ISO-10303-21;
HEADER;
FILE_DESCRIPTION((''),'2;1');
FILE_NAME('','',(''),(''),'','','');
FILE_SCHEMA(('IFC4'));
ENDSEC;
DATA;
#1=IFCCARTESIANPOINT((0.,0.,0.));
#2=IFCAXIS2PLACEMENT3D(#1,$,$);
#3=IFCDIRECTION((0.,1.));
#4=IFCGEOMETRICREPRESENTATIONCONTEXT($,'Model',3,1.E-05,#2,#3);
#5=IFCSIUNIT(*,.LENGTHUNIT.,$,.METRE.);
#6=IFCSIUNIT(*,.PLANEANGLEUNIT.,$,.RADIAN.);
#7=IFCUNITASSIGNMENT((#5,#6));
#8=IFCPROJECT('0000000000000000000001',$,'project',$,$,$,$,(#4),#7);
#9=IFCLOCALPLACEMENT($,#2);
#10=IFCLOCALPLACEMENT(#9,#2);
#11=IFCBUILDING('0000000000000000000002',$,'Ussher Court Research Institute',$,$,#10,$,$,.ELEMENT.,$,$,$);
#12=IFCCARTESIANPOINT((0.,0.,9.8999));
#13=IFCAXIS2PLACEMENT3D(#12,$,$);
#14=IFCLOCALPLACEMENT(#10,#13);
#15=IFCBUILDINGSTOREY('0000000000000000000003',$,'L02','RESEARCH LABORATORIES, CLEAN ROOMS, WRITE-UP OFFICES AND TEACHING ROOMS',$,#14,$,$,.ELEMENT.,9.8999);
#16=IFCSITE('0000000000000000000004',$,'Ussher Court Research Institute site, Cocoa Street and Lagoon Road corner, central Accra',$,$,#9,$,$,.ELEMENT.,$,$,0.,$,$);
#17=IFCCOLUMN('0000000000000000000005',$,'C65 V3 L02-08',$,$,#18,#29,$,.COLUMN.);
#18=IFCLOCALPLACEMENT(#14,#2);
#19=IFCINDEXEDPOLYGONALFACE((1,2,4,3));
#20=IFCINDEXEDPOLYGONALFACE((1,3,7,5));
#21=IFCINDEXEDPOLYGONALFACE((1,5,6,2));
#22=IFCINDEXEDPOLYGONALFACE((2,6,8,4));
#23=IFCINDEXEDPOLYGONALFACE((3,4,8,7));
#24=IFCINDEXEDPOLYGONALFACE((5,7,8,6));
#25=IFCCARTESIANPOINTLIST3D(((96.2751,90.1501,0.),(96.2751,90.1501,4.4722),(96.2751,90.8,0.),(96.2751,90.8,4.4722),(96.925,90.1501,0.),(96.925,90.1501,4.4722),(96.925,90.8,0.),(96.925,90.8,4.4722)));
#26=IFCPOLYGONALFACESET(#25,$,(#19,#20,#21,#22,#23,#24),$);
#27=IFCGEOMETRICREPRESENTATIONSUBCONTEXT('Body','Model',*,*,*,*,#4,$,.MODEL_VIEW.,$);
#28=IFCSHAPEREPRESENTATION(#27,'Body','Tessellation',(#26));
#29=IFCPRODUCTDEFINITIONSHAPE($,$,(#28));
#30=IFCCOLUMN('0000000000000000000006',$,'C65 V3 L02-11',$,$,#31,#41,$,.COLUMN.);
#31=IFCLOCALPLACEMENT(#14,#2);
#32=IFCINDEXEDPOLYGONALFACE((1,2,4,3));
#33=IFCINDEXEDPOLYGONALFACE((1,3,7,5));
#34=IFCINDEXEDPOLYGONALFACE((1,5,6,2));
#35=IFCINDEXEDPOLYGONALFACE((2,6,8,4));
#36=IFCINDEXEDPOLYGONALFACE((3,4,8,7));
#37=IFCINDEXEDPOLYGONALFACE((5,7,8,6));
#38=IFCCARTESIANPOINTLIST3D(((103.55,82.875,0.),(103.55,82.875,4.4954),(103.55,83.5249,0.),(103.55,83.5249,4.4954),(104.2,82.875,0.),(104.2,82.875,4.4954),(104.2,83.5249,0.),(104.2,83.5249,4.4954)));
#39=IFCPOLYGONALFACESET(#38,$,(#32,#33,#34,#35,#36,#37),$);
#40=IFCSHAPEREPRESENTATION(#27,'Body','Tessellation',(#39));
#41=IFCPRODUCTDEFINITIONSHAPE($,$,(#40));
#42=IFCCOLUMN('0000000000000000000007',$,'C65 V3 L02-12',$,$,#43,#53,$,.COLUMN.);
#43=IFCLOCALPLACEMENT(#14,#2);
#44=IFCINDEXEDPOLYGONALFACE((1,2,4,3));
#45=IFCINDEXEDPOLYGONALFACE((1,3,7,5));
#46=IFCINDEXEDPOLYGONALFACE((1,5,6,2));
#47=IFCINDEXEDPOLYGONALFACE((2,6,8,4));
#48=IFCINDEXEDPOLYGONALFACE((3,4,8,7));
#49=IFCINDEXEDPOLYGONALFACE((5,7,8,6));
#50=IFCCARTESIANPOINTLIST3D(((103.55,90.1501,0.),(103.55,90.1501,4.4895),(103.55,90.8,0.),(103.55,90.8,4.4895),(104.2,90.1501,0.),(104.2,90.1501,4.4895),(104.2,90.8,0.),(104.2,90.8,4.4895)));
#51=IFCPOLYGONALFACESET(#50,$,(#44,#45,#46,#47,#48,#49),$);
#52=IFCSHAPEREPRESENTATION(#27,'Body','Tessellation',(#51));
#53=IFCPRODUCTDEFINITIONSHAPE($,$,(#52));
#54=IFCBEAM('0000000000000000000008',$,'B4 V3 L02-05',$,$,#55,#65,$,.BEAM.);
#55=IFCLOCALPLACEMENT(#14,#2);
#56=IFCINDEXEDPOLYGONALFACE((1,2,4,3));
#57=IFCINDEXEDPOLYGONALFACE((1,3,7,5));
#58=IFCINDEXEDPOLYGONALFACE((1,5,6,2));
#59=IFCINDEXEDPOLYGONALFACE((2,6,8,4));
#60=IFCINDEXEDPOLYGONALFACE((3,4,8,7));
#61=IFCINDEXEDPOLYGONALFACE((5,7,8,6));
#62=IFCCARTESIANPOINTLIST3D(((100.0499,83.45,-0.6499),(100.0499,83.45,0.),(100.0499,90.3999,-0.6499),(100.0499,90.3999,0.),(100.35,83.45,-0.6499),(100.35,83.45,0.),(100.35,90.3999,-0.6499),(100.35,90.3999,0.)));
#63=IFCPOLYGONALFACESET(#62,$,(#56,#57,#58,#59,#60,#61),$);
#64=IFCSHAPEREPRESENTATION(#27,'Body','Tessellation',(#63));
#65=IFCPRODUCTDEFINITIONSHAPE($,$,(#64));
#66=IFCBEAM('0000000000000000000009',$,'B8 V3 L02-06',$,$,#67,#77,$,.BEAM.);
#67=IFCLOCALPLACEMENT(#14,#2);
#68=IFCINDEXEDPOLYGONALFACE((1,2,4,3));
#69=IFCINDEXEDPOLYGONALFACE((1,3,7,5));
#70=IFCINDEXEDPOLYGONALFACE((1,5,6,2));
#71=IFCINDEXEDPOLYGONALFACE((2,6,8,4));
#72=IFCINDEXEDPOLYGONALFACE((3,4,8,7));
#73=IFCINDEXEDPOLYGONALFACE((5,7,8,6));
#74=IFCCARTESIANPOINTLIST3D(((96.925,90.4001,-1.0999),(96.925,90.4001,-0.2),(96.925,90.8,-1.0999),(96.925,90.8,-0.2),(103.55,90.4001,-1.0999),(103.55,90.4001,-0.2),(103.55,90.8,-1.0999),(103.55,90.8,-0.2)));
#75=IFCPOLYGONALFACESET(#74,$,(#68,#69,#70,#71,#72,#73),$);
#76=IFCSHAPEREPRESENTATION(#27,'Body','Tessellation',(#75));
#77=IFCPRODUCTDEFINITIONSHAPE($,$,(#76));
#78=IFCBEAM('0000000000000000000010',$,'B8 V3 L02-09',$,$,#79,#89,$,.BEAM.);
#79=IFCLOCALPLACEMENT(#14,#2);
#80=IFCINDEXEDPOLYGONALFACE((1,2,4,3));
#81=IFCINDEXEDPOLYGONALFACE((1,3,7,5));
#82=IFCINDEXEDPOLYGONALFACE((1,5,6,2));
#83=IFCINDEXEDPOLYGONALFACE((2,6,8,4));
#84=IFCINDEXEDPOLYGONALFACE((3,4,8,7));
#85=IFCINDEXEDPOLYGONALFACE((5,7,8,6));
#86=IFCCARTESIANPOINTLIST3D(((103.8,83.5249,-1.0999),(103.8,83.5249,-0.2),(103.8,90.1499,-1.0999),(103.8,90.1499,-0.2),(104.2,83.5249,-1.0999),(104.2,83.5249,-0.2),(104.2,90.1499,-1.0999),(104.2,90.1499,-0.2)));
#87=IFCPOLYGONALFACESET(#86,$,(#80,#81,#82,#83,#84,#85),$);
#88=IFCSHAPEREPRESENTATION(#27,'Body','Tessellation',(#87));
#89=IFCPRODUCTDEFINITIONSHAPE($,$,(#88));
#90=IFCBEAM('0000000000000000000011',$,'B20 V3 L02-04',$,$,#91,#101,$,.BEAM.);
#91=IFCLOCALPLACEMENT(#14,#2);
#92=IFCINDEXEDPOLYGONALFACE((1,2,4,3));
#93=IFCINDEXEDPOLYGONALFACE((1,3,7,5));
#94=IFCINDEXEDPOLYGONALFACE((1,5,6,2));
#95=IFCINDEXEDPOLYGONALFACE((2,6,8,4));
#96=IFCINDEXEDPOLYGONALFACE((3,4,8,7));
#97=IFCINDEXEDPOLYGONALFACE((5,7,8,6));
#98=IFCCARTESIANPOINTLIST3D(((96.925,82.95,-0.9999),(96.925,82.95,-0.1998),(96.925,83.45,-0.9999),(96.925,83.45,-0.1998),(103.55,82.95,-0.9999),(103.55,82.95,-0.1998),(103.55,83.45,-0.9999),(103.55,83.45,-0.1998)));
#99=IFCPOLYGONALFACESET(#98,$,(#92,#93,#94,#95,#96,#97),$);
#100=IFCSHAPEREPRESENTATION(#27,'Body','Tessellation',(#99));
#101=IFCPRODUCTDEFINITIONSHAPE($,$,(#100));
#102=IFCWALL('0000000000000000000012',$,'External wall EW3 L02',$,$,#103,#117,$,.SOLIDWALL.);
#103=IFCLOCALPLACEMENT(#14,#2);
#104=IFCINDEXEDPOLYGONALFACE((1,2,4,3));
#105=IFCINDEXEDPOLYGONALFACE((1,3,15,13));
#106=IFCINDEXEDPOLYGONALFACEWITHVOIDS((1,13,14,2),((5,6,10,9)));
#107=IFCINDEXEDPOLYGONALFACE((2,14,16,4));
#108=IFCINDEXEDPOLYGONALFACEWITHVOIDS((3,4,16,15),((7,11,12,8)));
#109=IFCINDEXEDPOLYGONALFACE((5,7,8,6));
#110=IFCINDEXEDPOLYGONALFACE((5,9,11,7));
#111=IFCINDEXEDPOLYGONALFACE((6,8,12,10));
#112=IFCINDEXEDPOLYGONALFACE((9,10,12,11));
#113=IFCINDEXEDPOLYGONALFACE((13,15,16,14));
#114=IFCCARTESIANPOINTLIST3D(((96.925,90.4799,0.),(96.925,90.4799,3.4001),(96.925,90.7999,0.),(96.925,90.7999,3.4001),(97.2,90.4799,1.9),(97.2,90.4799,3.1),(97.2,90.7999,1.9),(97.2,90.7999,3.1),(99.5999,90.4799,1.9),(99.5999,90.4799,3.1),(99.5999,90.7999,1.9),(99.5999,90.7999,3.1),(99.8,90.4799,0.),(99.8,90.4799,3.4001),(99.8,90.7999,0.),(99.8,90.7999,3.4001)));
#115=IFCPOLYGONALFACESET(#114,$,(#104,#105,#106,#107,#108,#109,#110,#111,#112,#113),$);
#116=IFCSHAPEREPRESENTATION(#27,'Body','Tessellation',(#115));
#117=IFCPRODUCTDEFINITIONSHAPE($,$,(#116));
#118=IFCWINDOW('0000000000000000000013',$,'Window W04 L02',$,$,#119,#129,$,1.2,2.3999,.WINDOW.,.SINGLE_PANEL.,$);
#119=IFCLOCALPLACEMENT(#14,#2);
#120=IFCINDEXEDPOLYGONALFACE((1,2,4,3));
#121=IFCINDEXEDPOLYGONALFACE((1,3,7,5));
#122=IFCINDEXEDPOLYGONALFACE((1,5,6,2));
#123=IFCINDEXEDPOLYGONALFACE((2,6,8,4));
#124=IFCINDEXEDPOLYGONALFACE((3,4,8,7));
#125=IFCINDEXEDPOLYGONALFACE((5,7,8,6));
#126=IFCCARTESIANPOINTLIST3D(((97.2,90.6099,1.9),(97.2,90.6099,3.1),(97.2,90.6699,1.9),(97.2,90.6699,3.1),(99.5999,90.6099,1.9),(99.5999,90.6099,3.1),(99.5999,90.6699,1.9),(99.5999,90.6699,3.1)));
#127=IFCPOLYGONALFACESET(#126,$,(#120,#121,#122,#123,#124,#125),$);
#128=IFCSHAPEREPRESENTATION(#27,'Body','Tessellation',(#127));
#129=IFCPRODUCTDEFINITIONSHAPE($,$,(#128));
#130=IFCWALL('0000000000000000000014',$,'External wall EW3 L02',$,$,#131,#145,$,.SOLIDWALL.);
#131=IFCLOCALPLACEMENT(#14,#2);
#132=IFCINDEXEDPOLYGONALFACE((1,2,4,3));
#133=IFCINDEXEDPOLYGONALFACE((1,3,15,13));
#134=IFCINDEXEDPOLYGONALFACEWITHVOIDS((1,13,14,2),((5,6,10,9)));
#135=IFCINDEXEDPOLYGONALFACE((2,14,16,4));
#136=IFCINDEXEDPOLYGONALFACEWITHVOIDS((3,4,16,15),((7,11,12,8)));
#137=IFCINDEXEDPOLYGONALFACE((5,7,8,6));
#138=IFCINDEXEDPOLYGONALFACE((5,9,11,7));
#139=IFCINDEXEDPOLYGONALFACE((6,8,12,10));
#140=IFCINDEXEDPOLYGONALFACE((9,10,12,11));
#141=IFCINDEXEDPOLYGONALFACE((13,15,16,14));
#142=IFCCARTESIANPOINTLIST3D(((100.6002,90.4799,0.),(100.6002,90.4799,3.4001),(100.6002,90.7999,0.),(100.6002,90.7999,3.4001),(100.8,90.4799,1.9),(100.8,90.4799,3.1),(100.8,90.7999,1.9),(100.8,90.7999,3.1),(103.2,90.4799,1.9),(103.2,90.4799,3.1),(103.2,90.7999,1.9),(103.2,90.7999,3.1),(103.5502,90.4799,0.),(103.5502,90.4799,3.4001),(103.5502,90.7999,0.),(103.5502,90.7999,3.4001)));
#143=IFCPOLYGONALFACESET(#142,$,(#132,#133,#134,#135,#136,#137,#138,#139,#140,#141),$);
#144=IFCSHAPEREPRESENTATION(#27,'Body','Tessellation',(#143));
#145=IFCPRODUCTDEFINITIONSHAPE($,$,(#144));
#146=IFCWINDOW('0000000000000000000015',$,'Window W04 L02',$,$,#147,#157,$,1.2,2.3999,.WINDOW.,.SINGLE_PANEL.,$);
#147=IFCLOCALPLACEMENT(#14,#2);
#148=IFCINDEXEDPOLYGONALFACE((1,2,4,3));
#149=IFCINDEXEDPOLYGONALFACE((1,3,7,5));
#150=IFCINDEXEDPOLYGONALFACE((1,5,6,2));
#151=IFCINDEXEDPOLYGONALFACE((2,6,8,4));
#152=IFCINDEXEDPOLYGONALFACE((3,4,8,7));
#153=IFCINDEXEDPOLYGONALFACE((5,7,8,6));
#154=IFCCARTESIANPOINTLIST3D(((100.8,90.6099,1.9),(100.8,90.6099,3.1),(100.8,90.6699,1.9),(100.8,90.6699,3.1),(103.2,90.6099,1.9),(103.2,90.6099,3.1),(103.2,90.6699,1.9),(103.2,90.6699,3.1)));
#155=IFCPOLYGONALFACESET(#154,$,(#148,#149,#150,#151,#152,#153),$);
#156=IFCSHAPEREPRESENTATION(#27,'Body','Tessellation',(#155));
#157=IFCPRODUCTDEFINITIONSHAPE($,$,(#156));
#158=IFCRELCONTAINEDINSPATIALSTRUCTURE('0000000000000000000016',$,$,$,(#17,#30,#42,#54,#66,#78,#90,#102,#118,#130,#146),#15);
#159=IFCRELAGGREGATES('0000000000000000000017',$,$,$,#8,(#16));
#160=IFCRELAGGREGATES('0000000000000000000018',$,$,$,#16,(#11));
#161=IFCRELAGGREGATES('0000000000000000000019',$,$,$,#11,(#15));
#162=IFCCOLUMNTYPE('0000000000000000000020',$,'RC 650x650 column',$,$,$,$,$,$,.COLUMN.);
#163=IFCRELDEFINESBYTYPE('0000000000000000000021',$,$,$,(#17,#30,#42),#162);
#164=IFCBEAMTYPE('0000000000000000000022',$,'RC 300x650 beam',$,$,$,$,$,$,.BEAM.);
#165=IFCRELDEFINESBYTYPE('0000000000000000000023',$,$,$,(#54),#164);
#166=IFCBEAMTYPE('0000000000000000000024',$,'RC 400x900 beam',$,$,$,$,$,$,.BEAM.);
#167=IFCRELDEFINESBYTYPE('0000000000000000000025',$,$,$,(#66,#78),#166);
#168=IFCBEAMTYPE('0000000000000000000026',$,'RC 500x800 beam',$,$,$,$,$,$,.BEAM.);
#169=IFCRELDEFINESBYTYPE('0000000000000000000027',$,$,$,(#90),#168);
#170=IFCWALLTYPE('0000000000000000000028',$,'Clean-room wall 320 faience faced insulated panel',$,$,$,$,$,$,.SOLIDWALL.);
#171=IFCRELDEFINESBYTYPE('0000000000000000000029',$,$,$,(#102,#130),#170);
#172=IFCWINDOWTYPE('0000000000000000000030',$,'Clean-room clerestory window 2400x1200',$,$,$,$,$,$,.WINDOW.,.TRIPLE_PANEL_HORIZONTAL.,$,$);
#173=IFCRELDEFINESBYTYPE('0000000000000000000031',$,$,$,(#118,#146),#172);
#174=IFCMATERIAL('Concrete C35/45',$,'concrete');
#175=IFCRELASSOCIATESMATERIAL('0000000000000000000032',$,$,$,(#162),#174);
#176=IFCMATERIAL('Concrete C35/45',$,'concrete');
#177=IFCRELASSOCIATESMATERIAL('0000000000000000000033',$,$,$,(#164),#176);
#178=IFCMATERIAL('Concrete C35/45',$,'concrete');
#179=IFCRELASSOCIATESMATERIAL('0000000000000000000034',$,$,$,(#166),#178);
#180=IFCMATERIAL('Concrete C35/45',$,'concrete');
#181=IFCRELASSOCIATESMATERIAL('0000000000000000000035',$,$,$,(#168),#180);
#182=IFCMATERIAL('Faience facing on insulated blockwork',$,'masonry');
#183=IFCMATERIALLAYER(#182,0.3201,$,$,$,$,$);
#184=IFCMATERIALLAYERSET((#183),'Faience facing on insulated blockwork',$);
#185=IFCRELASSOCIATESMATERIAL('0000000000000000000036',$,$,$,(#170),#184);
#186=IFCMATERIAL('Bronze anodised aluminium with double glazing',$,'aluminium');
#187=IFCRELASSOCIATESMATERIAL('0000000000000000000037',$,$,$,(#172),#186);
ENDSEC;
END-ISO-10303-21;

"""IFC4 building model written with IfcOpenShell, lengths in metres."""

from ifc_helpers import new_model, si_unit, direction, frame, frame_2d, origin, origin_2d, place, context, subcontext, project, spatial, rectangle, extrude, material, layer, layer_set, material_profile, profile_set, type_object, element, fill, save


model = new_model("IFC4")

# Units and contexts
model_context = context("Model", 3, precision=1e-05, world=origin(), true_north=direction((0.0, 1.0)))
body_context = subcontext(model_context, "Body", "Model", "MODEL_VIEW")
ifc_project = project(units=[si_unit("LENGTHUNIT", "METRE"), si_unit("PLANEANGLEUNIT", "RADIAN")], contexts=[model_context])

# Site, building, storey
site_placement = place(None, origin())
site = spatial("IfcSite", under=ifc_project, at=site_placement, Name="Ussher Court Research Institute site, Cocoa Street and Lagoon Road corner, central Accra", CompositionType="ELEMENT", RefElevation=0.0)
building_placement = place(site_placement, origin())
building = spatial("IfcBuilding", under=site, at=building_placement, Name="Ussher Court Research Institute", CompositionType="ELEMENT")
storey_placement = place(building_placement, frame((0.0, 0.0, 9.8999)))
storey = spatial("IfcBuildingStorey", under=building, at=storey_placement, Name="L02", Description="RESEARCH LABORATORIES, CLEAN ROOMS, WRITE-UP OFFICES AND TEACHING ROOMS", CompositionType="ELEMENT", Elevation=9.8999)

# Columns
ifc_material_1 = material(Name="Concrete C35/45", Category="concrete")
ifc_material_profile_1 = material_profile(ifc_material_1, rectangle(XDim=0.6499, YDim=0.6499, at=origin_2d()), Name="RC 650x650")
ifc_profile_set_1 = profile_set([ifc_material_profile_1], Name="Concrete C35/45")
column_type = type_object("IfcColumnType", Name="RC 650x650 column", PredefinedType="COLUMN", material=ifc_profile_set_1)
column_1_placement = place(storey_placement, frame((96.6001, 90.4751, 0.0), z_axis=(0.0, 0.0, 1.0), x_axis=(1.0, 0.0, 0.0)))
element("IfcColumn", 1, at=column_1_placement, inside=storey, type_object=column_type, Name="C65 V3 L02-08", PredefinedType="COLUMN", context=body_context, shape_type="SweptSolid", body=[
    extrude(rectangle(XDim=0.6499, YDim=0.6499, at=origin_2d()), origin(), (0.0, 0.0, 1.0), 4.4722),
])
column_2_placement = place(storey_placement, frame((103.875, 83.2, 0.0), z_axis=(0.0, 0.0, 1.0), x_axis=(1.0, 0.0, 0.0)))
element("IfcColumn", 2, at=column_2_placement, inside=storey, type_object=column_type, Name="C65 V3 L02-11", PredefinedType="COLUMN", context=body_context, shape_type="SweptSolid", body=[
    extrude(rectangle(XDim=0.6499, YDim=0.6499, at=origin_2d()), origin(), (0.0, 0.0, 1.0), 4.4954),
])
column_3_placement = place(storey_placement, frame((103.875, 90.4751, 0.0), z_axis=(0.0, 0.0, 1.0), x_axis=(1.0, 0.0, 0.0)))
element("IfcColumn", 3, at=column_3_placement, inside=storey, type_object=column_type, Name="C65 V3 L02-12", PredefinedType="COLUMN", context=body_context, shape_type="SweptSolid", body=[
    extrude(rectangle(XDim=0.6499, YDim=0.6499, at=origin_2d()), origin(), (0.0, 0.0, 1.0), 4.4895),
])

# Beams
ifc_material_2 = material(Name="Concrete C35/45", Category="concrete")
ifc_material_profile_2 = material_profile(ifc_material_2, rectangle(XDim=0.3, YDim=0.6499, at=origin_2d()), Name="RC 300x650")
ifc_profile_set_2 = profile_set([ifc_material_profile_2], Name="Concrete C35/45")
beam_type_1 = type_object("IfcBeamType", Name="RC 300x650 beam", PredefinedType="BEAM", material=ifc_profile_set_2)
beam_1_placement = place(storey_placement, frame((100.2, 83.45, -0.325), z_axis=(0.0, 1.0, 0.0), x_axis=(-1.0, 0.0, 0.0)))
element("IfcBeam", 4, at=beam_1_placement, inside=storey, type_object=beam_type_1, Name="B4 V3 L02-05", PredefinedType="BEAM", context=body_context, shape_type="SweptSolid", body=[
    extrude(rectangle(XDim=0.3, YDim=0.6499, at=origin_2d()), origin(), (0.0, 0.0, 1.0), 6.95),
])
ifc_material_3 = material(Name="Concrete C35/45", Category="concrete")
ifc_material_profile_3 = material_profile(ifc_material_3, rectangle(XDim=0.3999, YDim=0.8999, at=origin_2d()), Name="RC 400x900")
ifc_profile_set_3 = profile_set([ifc_material_profile_3], Name="Concrete C35/45")
beam_type_2 = type_object("IfcBeamType", Name="RC 400x900 beam", PredefinedType="BEAM", material=ifc_profile_set_3)
for number, where, z_axis, x_axis, name in (
    (5, (96.925, 90.6001, -0.6499), (1.0, 0.0, 0.0), (0.0, 1.0, 0.0), "B8 V3 L02-06"),
    (6, (104.0, 83.5249, -0.6499), (0.0, 1.0, 0.0), (-1.0, 0.0, 0.0), "B8 V3 L02-09"),
):
    element("IfcBeam", number, at=place(storey_placement, frame(where, z_axis=z_axis, x_axis=x_axis)), inside=storey, type_object=beam_type_2, Name=name, PredefinedType="BEAM", context=body_context, shape_type="SweptSolid", body=[
        extrude(rectangle(XDim=0.3999, YDim=0.8999, at=origin_2d()), origin(), (0.0, 0.0, 1.0), 6.625),
    ])
ifc_material_4 = material(Name="Concrete C35/45", Category="concrete")
ifc_material_profile_4 = material_profile(ifc_material_4, rectangle(XDim=0.5, YDim=0.8, at=origin_2d()), Name="RC 500x800")
ifc_profile_set_4 = profile_set([ifc_material_profile_4], Name="Concrete C35/45")
beam_type_3 = type_object("IfcBeamType", Name="RC 500x800 beam", PredefinedType="BEAM", material=ifc_profile_set_4)
beam_2_placement = place(storey_placement, frame((96.925, 83.2, -0.5999), z_axis=(1.0, 0.0, 0.0), x_axis=(0.0, 1.0, 0.0)))
element("IfcBeam", 7, at=beam_2_placement, inside=storey, type_object=beam_type_3, Name="B20 V3 L02-04", PredefinedType="BEAM", context=body_context, shape_type="SweptSolid", body=[
    extrude(rectangle(XDim=0.5, YDim=0.8, at=origin_2d()), origin(), (0.0, 0.0, 1.0), 6.625),
])

# Walls, openings, windows
ifc_material_5 = material(Name="Faience facing on insulated blockwork", Category="masonry")
ifc_layer_1 = layer(ifc_material_5, 0.3201)
ifc_layer_set_1 = layer_set([ifc_layer_1], Name="Faience facing on insulated blockwork")
wall_type_1 = type_object("IfcWallType", Name="Clean-room wall 320 faience faced insulated panel", PredefinedType="SOLIDWALL", material=ifc_layer_set_1)
wall_1_placement = place(storey_placement, frame((96.925, 90.6399, 0.0), z_axis=(0.0, 0.0, 1.0), x_axis=(1.0, 0.0, 0.0)))
wall_1 = element("IfcWall", 8, at=wall_1_placement, inside=storey, type_object=wall_type_1, Name="External wall EW3 L02", PredefinedType="SOLIDWALL", context=body_context, shape_type="SweptSolid", body=[
    extrude(rectangle(XDim=2.875, YDim=0.3201, at=frame_2d((1.4375, 0.0))), origin(), (0.0, 0.0, 1.0), 3.4001),
])
opening_1_placement = place(wall_1_placement, frame((0.2749, 0.0, 1.8999)))
opening_1 = element("IfcOpeningElement", 9, at=opening_1_placement, cuts=wall_1, PredefinedType="OPENING", context=body_context, shape_type="SweptSolid", body=[
    extrude(rectangle(XDim=2.3999, YDim=1.2, at=frame_2d((1.2, 0.6001))), frame((0.0, 0.1699, 0.0), z_axis=(0.0, -1.0, 0.0), x_axis=(1.0, 0.0, 0.0)), (0.0, 0.0, 1.0), 0.3401),
])
ifc_material_6 = material(Name="Bronze anodised aluminium with double glazing", Category="aluminium")
window_type = type_object("IfcWindowType", Name="Clean-room clerestory window 2400x1200", PartitioningType="TRIPLE_PANEL_HORIZONTAL", PredefinedType="WINDOW", material=ifc_material_6)
window_1_placement = place(opening_1_placement, origin())
window_1 = element("IfcWindow", 10, at=window_1_placement, inside=storey, type_object=window_type, Name="Window W04 L02", OverallHeight=1.2, OverallWidth=2.3999, PartitioningType="SINGLE_PANEL", PredefinedType="WINDOW", context=body_context, shape_type="SweptSolid", body=[
    extrude(rectangle(XDim=2.3999, YDim=1.2, at=frame_2d((1.2, 0.6001))), frame((0.0, 0.03, 0.0), z_axis=(0.0, -1.0, 0.0), x_axis=(1.0, 0.0, 0.0)), (0.0, 0.0, 1.0), 0.0601),
])
fill(opening_1, window_1)
wall_2_placement = place(storey_placement, frame((100.6001, 90.6399, 0.0), z_axis=(0.0, 0.0, 1.0), x_axis=(1.0, 0.0, 0.0)))
wall_2 = element("IfcWall", 11, at=wall_2_placement, inside=storey, type_object=wall_type_1, Name="External wall EW3 L02", PredefinedType="SOLIDWALL", context=body_context, shape_type="SweptSolid", body=[
    extrude(rectangle(XDim=2.95, YDim=0.3201, at=frame_2d((1.4751, 0.0))), origin(), (0.0, 0.0, 1.0), 3.4001),
])
opening_2_placement = place(wall_2_placement, frame((0.2, 0.0, 1.8999)))
opening_2 = element("IfcOpeningElement", 12, at=opening_2_placement, cuts=wall_2, PredefinedType="OPENING", context=body_context, shape_type="SweptSolid", body=[
    extrude(rectangle(XDim=2.3999, YDim=1.2, at=frame_2d((1.2, 0.6001))), frame((0.0, 0.1699, 0.0), z_axis=(0.0, -1.0, 0.0), x_axis=(1.0, 0.0, 0.0)), (0.0, 0.0, 1.0), 0.3401),
])
window_2_placement = place(opening_2_placement, origin())
window_2 = element("IfcWindow", 13, at=window_2_placement, inside=storey, type_object=window_type, Name="Window W04 L02", OverallHeight=1.2, OverallWidth=2.3999, PartitioningType="SINGLE_PANEL", PredefinedType="WINDOW", context=body_context, shape_type="SweptSolid", body=[
    extrude(rectangle(XDim=2.3999, YDim=1.2, at=frame_2d((1.2, 0.6001))), frame((0.0, 0.03, 0.0), z_axis=(0.0, -1.0, 0.0), x_axis=(1.0, 0.0, 0.0)), (0.0, 0.0, 1.0), 0.0601),
])
fill(opening_2, window_2)

save(model, "model.ifc")
